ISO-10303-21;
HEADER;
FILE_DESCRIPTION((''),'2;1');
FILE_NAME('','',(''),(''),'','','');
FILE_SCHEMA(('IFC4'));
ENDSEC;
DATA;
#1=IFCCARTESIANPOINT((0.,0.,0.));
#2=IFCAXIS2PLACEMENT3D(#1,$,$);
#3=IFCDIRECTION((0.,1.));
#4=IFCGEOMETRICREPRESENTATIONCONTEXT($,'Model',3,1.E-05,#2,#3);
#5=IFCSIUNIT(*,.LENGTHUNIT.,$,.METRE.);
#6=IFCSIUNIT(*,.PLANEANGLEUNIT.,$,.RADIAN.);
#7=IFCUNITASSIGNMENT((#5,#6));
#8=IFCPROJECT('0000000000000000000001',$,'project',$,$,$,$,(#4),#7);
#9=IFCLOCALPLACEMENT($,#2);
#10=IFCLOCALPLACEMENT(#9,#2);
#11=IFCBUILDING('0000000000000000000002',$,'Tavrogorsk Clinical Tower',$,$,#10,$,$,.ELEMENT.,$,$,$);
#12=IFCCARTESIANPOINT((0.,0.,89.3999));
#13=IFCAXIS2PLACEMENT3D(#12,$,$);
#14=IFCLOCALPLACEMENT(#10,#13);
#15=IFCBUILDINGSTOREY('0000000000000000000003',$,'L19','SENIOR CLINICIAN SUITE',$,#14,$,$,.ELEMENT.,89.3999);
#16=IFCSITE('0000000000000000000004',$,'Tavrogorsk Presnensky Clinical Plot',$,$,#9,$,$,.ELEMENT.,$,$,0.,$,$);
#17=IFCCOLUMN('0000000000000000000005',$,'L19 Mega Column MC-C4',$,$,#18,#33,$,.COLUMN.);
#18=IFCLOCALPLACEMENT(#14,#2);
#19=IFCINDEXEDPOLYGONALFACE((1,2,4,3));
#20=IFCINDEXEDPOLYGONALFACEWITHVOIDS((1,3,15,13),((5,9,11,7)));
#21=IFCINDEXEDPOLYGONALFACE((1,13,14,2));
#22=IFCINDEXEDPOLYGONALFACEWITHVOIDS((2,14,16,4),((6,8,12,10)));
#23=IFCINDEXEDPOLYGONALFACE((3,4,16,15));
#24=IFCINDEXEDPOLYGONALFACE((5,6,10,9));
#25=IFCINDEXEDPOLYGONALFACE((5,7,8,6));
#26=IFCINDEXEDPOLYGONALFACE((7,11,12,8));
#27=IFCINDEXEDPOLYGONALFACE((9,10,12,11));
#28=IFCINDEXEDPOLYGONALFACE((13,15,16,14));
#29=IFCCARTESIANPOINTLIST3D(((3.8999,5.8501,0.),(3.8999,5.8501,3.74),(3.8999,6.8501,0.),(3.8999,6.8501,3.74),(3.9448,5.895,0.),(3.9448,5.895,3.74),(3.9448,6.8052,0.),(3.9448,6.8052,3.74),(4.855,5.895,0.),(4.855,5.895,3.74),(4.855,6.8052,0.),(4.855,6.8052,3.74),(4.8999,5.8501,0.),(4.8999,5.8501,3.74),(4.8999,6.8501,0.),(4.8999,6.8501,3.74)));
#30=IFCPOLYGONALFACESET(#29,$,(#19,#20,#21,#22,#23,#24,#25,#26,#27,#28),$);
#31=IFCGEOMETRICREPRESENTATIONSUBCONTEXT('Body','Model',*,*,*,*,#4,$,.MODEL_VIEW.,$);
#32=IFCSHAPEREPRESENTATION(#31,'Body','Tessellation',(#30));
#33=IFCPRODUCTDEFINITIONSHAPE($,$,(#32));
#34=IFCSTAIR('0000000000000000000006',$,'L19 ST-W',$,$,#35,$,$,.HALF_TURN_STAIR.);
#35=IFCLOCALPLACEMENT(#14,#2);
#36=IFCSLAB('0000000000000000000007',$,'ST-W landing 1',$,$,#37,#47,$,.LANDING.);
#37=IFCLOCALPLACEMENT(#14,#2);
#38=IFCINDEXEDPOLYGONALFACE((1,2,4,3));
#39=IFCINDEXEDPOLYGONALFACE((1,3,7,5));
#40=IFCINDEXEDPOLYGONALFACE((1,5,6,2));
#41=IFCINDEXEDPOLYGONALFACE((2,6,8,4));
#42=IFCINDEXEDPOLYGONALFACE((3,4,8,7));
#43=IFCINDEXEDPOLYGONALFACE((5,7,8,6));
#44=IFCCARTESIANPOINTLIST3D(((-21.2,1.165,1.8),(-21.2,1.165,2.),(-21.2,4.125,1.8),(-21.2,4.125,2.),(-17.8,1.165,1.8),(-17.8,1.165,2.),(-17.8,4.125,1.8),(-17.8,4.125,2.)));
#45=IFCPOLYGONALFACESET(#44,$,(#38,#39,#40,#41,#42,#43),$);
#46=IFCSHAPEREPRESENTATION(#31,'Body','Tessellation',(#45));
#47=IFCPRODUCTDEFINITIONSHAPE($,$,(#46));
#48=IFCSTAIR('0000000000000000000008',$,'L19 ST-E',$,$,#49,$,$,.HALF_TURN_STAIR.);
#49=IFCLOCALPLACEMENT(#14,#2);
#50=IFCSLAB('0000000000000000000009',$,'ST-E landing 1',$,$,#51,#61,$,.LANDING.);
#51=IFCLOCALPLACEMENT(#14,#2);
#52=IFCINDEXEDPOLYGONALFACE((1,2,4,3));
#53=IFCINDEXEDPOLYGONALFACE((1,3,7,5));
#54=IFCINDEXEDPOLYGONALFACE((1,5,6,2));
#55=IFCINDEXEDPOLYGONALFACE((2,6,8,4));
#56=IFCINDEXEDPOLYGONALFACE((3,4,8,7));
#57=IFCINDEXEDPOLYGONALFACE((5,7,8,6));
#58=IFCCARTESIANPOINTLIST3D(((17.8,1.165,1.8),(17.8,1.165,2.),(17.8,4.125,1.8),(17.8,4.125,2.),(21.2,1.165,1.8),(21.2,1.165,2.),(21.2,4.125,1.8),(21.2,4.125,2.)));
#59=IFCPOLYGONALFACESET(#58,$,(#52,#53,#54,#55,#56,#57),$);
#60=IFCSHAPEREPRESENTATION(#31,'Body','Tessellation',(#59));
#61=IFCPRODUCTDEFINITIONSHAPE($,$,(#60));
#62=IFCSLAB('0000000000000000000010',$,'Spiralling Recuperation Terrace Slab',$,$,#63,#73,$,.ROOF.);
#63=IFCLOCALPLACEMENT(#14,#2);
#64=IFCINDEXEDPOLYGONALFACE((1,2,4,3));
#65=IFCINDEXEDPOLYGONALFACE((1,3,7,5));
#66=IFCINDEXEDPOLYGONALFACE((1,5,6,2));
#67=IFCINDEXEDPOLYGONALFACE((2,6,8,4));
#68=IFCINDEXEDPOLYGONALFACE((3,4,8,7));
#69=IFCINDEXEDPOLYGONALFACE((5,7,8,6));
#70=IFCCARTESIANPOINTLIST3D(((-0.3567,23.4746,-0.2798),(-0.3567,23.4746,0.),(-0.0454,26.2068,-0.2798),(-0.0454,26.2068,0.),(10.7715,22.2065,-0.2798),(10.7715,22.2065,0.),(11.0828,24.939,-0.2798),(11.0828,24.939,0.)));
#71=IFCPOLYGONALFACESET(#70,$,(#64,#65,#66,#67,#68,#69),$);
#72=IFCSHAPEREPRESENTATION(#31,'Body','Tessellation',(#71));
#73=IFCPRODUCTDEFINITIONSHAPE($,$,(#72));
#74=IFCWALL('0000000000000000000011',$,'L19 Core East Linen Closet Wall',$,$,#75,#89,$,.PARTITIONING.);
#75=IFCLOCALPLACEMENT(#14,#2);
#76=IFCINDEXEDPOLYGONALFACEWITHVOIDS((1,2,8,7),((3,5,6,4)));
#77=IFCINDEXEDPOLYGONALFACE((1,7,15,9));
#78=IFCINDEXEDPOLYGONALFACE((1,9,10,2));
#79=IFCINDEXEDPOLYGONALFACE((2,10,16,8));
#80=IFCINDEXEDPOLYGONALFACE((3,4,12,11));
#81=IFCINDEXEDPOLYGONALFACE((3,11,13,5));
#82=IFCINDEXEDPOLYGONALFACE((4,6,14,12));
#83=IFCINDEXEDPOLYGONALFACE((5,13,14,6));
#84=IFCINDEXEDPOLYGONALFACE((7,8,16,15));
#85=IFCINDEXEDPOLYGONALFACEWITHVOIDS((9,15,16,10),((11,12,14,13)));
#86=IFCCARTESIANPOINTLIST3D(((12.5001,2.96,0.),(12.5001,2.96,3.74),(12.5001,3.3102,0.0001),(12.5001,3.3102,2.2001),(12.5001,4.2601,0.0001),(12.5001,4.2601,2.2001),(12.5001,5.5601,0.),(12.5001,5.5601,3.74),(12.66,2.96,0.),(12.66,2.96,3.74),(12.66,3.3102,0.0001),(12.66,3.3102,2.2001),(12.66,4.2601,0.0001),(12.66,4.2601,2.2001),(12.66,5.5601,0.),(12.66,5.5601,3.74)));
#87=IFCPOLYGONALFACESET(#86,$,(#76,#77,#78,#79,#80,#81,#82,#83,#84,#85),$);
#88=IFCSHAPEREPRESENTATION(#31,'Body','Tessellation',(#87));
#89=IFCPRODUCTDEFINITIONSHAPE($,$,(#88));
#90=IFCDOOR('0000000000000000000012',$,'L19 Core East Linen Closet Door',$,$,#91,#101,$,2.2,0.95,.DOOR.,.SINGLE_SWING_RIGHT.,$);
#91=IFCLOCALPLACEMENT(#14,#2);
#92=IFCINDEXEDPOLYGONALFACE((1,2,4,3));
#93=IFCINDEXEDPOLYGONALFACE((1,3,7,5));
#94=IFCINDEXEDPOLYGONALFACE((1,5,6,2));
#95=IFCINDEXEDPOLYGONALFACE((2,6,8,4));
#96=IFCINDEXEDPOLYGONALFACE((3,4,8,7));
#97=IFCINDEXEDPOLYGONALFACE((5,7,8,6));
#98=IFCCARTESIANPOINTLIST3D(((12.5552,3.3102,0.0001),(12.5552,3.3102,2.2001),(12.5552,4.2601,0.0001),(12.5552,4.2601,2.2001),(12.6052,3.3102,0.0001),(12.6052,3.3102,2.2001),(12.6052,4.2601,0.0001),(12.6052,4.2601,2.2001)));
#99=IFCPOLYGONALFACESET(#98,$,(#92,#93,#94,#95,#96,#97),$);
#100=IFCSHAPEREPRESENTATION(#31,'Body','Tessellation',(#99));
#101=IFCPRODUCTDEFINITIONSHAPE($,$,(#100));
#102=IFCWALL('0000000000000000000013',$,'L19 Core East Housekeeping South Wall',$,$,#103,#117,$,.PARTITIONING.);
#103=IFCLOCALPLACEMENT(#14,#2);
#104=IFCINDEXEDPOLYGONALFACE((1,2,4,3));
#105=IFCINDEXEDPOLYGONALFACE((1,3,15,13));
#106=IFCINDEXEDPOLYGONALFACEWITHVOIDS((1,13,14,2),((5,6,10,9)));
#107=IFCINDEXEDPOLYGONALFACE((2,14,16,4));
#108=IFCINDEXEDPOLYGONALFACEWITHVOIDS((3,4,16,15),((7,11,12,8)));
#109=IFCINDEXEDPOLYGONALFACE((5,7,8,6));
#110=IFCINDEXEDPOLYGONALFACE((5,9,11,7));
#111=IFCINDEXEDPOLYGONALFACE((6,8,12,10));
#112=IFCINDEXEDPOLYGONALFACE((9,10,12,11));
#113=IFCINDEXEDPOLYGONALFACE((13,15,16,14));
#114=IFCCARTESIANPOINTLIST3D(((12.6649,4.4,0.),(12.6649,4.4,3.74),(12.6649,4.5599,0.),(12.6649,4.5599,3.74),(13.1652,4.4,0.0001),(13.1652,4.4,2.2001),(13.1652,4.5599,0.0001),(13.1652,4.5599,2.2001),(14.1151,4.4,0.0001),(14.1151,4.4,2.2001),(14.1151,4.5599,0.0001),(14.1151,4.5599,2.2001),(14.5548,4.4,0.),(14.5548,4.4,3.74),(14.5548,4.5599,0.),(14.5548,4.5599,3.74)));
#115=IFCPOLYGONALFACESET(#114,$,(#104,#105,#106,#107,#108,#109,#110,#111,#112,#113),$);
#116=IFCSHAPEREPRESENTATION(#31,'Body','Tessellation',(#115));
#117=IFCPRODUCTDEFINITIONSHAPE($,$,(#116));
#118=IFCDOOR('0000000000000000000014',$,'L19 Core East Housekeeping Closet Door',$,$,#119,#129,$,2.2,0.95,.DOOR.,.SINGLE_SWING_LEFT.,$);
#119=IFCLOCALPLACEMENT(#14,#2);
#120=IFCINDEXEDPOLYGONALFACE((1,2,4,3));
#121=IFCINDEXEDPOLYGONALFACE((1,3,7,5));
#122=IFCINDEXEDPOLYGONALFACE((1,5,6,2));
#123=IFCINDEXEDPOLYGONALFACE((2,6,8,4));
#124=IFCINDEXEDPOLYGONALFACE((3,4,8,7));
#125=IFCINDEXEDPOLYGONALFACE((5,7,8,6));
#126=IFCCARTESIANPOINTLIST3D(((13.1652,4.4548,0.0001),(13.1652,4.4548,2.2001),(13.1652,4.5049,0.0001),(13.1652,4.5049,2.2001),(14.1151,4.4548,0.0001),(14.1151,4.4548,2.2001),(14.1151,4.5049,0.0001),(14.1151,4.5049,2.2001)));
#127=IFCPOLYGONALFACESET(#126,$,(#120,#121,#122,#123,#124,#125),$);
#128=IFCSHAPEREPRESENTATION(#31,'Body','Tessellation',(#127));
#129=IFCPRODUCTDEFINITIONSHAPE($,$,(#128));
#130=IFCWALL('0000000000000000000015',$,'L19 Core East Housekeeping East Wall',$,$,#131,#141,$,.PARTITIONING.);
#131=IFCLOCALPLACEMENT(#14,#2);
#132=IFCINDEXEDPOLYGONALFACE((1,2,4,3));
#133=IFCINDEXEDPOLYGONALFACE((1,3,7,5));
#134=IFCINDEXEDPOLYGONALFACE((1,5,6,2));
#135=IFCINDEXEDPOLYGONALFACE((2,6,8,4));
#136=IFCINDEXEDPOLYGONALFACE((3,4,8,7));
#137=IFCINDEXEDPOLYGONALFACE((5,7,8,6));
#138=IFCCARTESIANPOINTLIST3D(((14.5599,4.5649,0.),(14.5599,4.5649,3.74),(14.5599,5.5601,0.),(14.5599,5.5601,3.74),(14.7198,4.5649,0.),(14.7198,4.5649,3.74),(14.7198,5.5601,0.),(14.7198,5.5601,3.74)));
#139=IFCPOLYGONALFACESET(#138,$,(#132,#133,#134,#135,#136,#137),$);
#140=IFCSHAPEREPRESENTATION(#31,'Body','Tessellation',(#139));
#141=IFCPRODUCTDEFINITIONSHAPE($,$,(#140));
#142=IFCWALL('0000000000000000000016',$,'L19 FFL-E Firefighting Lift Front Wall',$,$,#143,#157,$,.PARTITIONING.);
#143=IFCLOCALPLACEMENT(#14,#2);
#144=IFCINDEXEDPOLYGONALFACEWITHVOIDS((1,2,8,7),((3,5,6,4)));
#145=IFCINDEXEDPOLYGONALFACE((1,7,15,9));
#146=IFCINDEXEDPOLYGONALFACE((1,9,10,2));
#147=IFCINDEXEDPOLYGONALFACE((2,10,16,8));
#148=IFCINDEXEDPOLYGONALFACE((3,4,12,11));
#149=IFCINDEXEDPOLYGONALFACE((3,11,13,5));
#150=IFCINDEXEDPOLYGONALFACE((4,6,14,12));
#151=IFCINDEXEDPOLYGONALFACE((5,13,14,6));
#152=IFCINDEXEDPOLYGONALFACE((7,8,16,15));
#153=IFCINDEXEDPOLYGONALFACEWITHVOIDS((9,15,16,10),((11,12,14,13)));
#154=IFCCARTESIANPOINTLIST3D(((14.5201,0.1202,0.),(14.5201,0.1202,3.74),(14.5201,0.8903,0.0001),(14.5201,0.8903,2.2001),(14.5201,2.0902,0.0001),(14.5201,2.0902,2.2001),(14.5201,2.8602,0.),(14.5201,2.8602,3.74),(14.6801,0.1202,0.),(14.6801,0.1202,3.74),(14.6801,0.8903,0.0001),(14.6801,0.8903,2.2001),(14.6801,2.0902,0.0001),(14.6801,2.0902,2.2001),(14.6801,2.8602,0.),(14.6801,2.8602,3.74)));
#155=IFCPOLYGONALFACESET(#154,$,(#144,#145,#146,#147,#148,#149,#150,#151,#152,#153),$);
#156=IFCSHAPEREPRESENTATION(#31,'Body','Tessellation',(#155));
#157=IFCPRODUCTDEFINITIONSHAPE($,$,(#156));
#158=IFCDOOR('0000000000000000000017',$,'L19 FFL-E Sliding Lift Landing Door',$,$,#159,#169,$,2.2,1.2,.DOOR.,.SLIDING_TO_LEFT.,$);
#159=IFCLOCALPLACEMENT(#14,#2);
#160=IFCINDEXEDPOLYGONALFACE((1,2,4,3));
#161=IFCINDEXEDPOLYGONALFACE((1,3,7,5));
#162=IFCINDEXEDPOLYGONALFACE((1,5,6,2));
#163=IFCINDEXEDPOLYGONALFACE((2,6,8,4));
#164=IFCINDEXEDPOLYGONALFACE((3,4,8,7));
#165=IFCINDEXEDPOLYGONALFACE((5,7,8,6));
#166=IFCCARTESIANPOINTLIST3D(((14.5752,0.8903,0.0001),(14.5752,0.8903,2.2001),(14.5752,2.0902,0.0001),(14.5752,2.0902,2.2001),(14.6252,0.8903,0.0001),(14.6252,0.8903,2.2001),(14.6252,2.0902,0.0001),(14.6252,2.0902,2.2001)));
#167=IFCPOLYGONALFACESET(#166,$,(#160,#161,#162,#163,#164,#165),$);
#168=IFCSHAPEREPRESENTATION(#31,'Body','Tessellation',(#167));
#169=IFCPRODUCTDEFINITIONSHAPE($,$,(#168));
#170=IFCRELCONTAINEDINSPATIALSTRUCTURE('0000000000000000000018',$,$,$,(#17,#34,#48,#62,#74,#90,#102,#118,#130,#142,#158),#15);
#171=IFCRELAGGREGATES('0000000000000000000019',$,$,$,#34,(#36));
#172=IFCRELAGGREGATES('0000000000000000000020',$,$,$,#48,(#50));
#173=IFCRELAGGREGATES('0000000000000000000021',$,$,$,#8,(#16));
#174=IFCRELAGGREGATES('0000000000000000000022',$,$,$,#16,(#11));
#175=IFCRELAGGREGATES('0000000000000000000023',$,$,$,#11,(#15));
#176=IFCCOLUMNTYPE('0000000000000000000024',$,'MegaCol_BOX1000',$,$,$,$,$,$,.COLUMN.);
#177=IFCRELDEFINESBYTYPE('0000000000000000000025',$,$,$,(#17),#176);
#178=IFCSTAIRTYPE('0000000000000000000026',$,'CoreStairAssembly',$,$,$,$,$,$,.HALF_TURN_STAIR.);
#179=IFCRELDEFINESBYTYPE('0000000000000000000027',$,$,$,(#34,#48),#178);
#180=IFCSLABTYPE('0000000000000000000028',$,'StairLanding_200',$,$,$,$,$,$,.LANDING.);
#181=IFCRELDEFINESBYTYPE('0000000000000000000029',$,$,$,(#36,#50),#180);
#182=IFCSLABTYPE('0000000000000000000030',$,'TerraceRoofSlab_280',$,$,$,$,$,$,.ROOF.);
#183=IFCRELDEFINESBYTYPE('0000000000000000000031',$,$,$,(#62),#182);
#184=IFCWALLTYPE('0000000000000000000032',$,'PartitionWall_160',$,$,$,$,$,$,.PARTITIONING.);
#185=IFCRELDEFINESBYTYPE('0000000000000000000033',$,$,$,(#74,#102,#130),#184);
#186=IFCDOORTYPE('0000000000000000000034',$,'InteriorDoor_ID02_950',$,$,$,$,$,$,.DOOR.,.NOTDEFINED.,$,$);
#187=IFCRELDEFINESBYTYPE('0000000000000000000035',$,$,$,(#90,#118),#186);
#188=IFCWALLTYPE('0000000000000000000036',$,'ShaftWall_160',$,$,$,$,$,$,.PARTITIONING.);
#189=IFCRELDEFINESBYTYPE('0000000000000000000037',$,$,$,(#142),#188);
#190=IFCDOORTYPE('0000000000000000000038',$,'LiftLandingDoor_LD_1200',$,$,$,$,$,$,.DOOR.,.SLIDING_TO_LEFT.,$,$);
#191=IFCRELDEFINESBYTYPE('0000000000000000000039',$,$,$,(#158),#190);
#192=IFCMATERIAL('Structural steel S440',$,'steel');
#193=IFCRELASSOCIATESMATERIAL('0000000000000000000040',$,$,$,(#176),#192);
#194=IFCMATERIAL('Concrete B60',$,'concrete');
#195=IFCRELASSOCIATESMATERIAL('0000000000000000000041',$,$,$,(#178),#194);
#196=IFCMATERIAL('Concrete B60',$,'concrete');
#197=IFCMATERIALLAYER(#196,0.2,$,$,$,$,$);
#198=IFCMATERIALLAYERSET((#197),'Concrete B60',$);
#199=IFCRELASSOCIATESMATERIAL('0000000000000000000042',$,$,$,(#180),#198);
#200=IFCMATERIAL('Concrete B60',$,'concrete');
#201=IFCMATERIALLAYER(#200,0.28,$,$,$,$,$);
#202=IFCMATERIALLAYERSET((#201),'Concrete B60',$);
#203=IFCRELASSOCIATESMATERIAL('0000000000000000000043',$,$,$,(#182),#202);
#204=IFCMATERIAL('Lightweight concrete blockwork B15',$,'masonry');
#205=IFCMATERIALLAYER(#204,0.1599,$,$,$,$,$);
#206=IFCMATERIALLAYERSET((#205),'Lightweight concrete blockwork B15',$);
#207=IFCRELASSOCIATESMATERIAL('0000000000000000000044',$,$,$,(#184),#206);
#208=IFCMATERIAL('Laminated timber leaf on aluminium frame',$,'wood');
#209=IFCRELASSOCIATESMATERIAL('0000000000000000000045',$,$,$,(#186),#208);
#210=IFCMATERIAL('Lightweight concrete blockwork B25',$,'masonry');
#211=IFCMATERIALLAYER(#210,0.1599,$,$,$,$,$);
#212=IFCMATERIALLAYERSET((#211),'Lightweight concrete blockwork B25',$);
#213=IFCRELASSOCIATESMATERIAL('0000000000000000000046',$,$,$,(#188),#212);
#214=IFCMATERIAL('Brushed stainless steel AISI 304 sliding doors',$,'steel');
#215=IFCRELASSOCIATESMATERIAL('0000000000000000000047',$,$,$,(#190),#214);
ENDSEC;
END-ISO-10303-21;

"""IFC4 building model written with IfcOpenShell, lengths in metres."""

from ifc_helpers import new_model, si_unit, direction, frame, frame_2d, origin, origin_2d, place, context, subcontext, project, spatial, polyline, rectangle, hollow_rectangle, outline, extrude, material, layer, layer_set, material_profile, profile_set, type_object, element, fill, aggregate, save


model = new_model("IFC4")

# Units and contexts
model_context = context("Model", 3, precision=1e-05, world=origin(), true_north=direction((0.0, 1.0)))
body_context = subcontext(model_context, "Body", "Model", "MODEL_VIEW")
ifc_project = project(units=[si_unit("LENGTHUNIT", "METRE"), si_unit("PLANEANGLEUNIT", "RADIAN")], contexts=[model_context])

# Site, building, storey
site_placement = place(None, origin())
site = spatial("IfcSite", under=ifc_project, at=site_placement, Name="Tavrogorsk Presnensky Clinical Plot", CompositionType="ELEMENT", RefElevation=0.0)
building_placement = place(site_placement, origin())
building = spatial("IfcBuilding", under=site, at=building_placement, Name="Tavrogorsk Clinical Tower", CompositionType="ELEMENT")
storey_placement = place(building_placement, frame((0.0, 0.0, 89.3999)))
storey = spatial("IfcBuildingStorey", under=building, at=storey_placement, Name="L19", Description="SENIOR CLINICIAN SUITE", CompositionType="ELEMENT", Elevation=89.3999)

# Column
ifc_material_1 = material(Name="Structural steel S440", Category="steel")
ifc_material_profile = material_profile(ifc_material_1, hollow_rectangle(XDim=1.0, YDim=1.0, WallThickness=0.0449, at=origin_2d()), Name="BOX-1000x1000x45")
ifc_profile_set = profile_set([ifc_material_profile], Name="Structural steel S440")
column_type = type_object("IfcColumnType", Name="MegaCol_BOX1000", PredefinedType="COLUMN", material=ifc_profile_set)
column_placement = place(storey_placement, frame((4.3999, 6.3501, 0.0), z_axis=(0.0, 0.0, 1.0), x_axis=(1.0, 0.0, 0.0)))
element("IfcColumn", 1, at=column_placement, inside=storey, type_object=column_type, Name="L19 Mega Column MC-C4", PredefinedType="COLUMN", context=body_context, shape_type="SweptSolid", body=[
    extrude(hollow_rectangle(XDim=1.0, YDim=1.0, WallThickness=0.0449, at=origin_2d()), origin(), (0.0, 0.0, 1.0), 3.74),
])

# Stairs, slabs
ifc_material_2 = material(Name="Concrete B60", Category="concrete")
stair_type = type_object("IfcStairType", Name="CoreStairAssembly", PredefinedType="HALF_TURN_STAIR", material=ifc_material_2)
stair_1_placement = place(storey_placement, origin())
stair_1 = element("IfcStair", 2, at=stair_1_placement, inside=storey, type_object=stair_type, Name="L19 ST-W", PredefinedType="HALF_TURN_STAIR")
ifc_material_3 = material(Name="Concrete B60", Category="concrete")
ifc_layer_1 = layer(ifc_material_3, 0.2)
ifc_layer_set_1 = layer_set([ifc_layer_1], Name="Concrete B60")
slab_type_1 = type_object("IfcSlabType", Name="StairLanding_200", PredefinedType="LANDING", material=ifc_layer_set_1)
slab_1_placement = place(storey_placement, frame((0.0, 0.0, 1.8)))
slab_1 = element("IfcSlab", 3, at=slab_1_placement, type_object=slab_type_1, Name="ST-W landing 1", PredefinedType="LANDING", context=body_context, shape_type="SweptSolid", body=[
    extrude(outline(polyline([(-17.8, 1.165), (-17.8, 4.125), (-21.2, 4.125), (-21.2, 1.165), (-17.8, 1.165)])), origin(), (0.0, 0.0, 1.0), 0.2),
])
aggregate(stair_1, [slab_1])
stair_2_placement = place(storey_placement, origin())
stair_2 = element("IfcStair", 4, at=stair_2_placement, inside=storey, type_object=stair_type, Name="L19 ST-E", PredefinedType="HALF_TURN_STAIR")
slab_2_placement = place(storey_placement, frame((0.0, 0.0, 1.8)))
slab_2 = element("IfcSlab", 5, at=slab_2_placement, type_object=slab_type_1, Name="ST-E landing 1", PredefinedType="LANDING", context=body_context, shape_type="SweptSolid", body=[
    extrude(outline(polyline([(21.2, 1.165), (21.2, 4.125), (17.8, 4.125), (17.8, 1.165), (21.2, 1.165)])), origin(), (0.0, 0.0, 1.0), 0.2),
])
aggregate(stair_2, [slab_2])

# Slab
ifc_material_4 = material(Name="Concrete B60", Category="concrete")
ifc_layer_2 = layer(ifc_material_4, 0.28)
ifc_layer_set_2 = layer_set([ifc_layer_2], Name="Concrete B60")
slab_type_2 = type_object("IfcSlabType", Name="TerraceRoofSlab_280", PredefinedType="ROOF", material=ifc_layer_set_2)
slab_3_placement = place(storey_placement, frame((0.0, 0.0, -0.2798)))
element("IfcSlab", 6, at=slab_3_placement, inside=storey, type_object=slab_type_2, Name="Spiralling Recuperation Terrace Slab", PredefinedType="ROOF", context=body_context, shape_type="SweptSolid", body=[
    extrude(outline(polyline([(-0.0454, 26.2068), (11.0828, 24.939), (10.7715, 22.2065), (-0.3567, 23.4746), (-0.0454, 26.2068)])), origin(), (0.0, 0.0, 1.0), 0.2798),
])

# Walls, openings, doors
ifc_material_5 = material(Name="Lightweight concrete blockwork B15", Category="masonry")
ifc_layer_3 = layer(ifc_material_5, 0.1599)
ifc_layer_set_3 = layer_set([ifc_layer_3], Name="Lightweight concrete blockwork B15")
wall_type_1 = type_object("IfcWallType", Name="PartitionWall_160", PredefinedType="PARTITIONING", material=ifc_layer_set_3)
wall_1_placement = place(storey_placement, frame((12.5801, 2.96, 0.0), z_axis=(0.0, 0.0, 1.0), x_axis=(0.0, 1.0, 0.0)))
wall_1 = element("IfcWall", 7, at=wall_1_placement, inside=storey, type_object=wall_type_1, Name="L19 Core East Linen Closet Wall", PredefinedType="PARTITIONING", context=body_context, shape_type="SweptSolid", body=[
    extrude(rectangle(XDim=2.6001, YDim=0.1599, at=frame_2d((1.3, 0.0))), origin(), (0.0, 0.0, 1.0), 3.74),
])
opening_1_placement = place(wall_1_placement, frame((0.3501, 0.0, 0.0)))
opening_1 = element("IfcOpeningElement", 8, at=opening_1_placement, cuts=wall_1, PredefinedType="OPENING", context=body_context, shape_type="SweptSolid", body=[
    extrude(rectangle(XDim=0.95, YDim=2.2, at=frame_2d((0.4751, 1.1001))), frame((0.0, 0.0898, 0.0), z_axis=(0.0, -1.0, 0.0), x_axis=(1.0, 0.0, 0.0)), (0.0, 0.0, 1.0), 0.1799),
])
ifc_material_6 = material(Name="Laminated timber leaf on aluminium frame", Category="wood")
door_type_1 = type_object("IfcDoorType", Name="InteriorDoor_ID02_950", OperationType="NOTDEFINED", PredefinedType="DOOR", material=ifc_material_6)
door_1_placement = place(opening_1_placement, origin())
door_1 = element("IfcDoor", 9, at=door_1_placement, inside=storey, type_object=door_type_1, Name="L19 Core East Linen Closet Door", OperationType="SINGLE_SWING_RIGHT", OverallHeight=2.2, OverallWidth=0.95, PredefinedType="DOOR", context=body_context, shape_type="SweptSolid", body=[
    extrude(rectangle(XDim=0.95, YDim=2.2, at=frame_2d((0.4751, 1.1001))), frame((0.0, 0.0249, 0.0), z_axis=(0.0, -1.0, 0.0), x_axis=(1.0, 0.0, 0.0)), (0.0, 0.0, 1.0), 0.05),
])
fill(opening_1, door_1)
wall_2_placement = place(storey_placement, frame((12.665, 4.48, 0.0), z_axis=(0.0, 0.0, 1.0), x_axis=(1.0, 0.0, 0.0)))
wall_2 = element("IfcWall", 10, at=wall_2_placement, inside=storey, type_object=wall_type_1, Name="L19 Core East Housekeeping South Wall", PredefinedType="PARTITIONING", context=body_context, shape_type="SweptSolid", body=[
    extrude(rectangle(XDim=1.8899, YDim=0.1599, at=frame_2d((0.9448, 0.0))), origin(), (0.0, 0.0, 1.0), 3.74),
])
opening_2_placement = place(wall_2_placement, frame((0.5, 0.0, 0.0)))
opening_2 = element("IfcOpeningElement", 11, at=opening_2_placement, cuts=wall_2, PredefinedType="OPENING", context=body_context, shape_type="SweptSolid", body=[
    extrude(rectangle(XDim=0.95, YDim=2.2, at=frame_2d((0.4751, 1.1001))), frame((0.0, 0.0898, 0.0), z_axis=(0.0, -1.0, 0.0), x_axis=(1.0, 0.0, 0.0)), (0.0, 0.0, 1.0), 0.1799),
])
door_2_placement = place(opening_2_placement, origin())
door_2 = element("IfcDoor", 12, at=door_2_placement, inside=storey, type_object=door_type_1, Name="L19 Core East Housekeeping Closet Door", OperationType="SINGLE_SWING_LEFT", OverallHeight=2.2, OverallWidth=0.95, PredefinedType="DOOR", context=body_context, shape_type="SweptSolid", body=[
    extrude(rectangle(XDim=0.95, YDim=2.2, at=frame_2d((0.4751, 1.1001))), frame((0.0, 0.0249, 0.0), z_axis=(0.0, -1.0, 0.0), x_axis=(1.0, 0.0, 0.0)), (0.0, 0.0, 1.0), 0.05),
])
fill(opening_2, door_2)

# Wall
wall_3_placement = place(storey_placement, frame((14.6399, 4.5649, 0.0), z_axis=(0.0, 0.0, 1.0), x_axis=(0.0, 1.0, 0.0)))
element("IfcWall", 13, at=wall_3_placement, inside=storey, type_object=wall_type_1, Name="L19 Core East Housekeeping East Wall", PredefinedType="PARTITIONING", context=body_context, shape_type="SweptSolid", body=[
    extrude(rectangle(XDim=0.9951, YDim=0.1599, at=frame_2d((0.4976, 0.0))), origin(), (0.0, 0.0, 1.0), 3.74),
])

# Wall, opening, door
ifc_material_7 = material(Name="Lightweight concrete blockwork B25", Category="masonry")
ifc_layer_4 = layer(ifc_material_7, 0.1599)
ifc_layer_set_4 = layer_set([ifc_layer_4], Name="Lightweight concrete blockwork B25")
wall_type_2 = type_object("IfcWallType", Name="ShaftWall_160", PredefinedType="PARTITIONING", material=ifc_layer_set_4)
wall_4_placement = place(storey_placement, frame((14.6001, 0.1201, 0.0), z_axis=(0.0, 0.0, 1.0), x_axis=(0.0, 1.0, 0.0)))
wall_4 = element("IfcWall", 14, at=wall_4_placement, inside=storey, type_object=wall_type_2, Name="L19 FFL-E Firefighting Lift Front Wall", PredefinedType="PARTITIONING", context=body_context, shape_type="SweptSolid", body=[
    extrude(rectangle(XDim=2.74, YDim=0.1599, at=frame_2d((1.3701, 0.0))), origin(), (0.0, 0.0, 1.0), 3.74),
])
opening_3_placement = place(wall_4_placement, frame((0.77, 0.0, 0.0)))
opening_3 = element("IfcOpeningElement", 15, at=opening_3_placement, cuts=wall_4, PredefinedType="OPENING", context=body_context, shape_type="SweptSolid", body=[
    extrude(rectangle(XDim=1.2, YDim=2.2, at=frame_2d((0.6001, 1.1001))), frame((0.0, 0.0898, 0.0), z_axis=(0.0, -1.0, 0.0), x_axis=(1.0, 0.0, 0.0)), (0.0, 0.0, 1.0), 0.1799),
])
ifc_material_8 = material(Name="Brushed stainless steel AISI 304 sliding doors", Category="steel")
door_type_2 = type_object("IfcDoorType", Name="LiftLandingDoor_LD_1200", OperationType="SLIDING_TO_LEFT", PredefinedType="DOOR", material=ifc_material_8)
door_3_placement = place(opening_3_placement, origin())
door_3 = element("IfcDoor", 16, at=door_3_placement, inside=storey, type_object=door_type_2, Name="L19 FFL-E Sliding Lift Landing Door", OperationType="SLIDING_TO_LEFT", OverallHeight=2.2, OverallWidth=1.2, PredefinedType="DOOR", context=body_context, shape_type="SweptSolid", body=[
    extrude(rectangle(XDim=1.2, YDim=2.2, at=frame_2d((0.6001, 1.1001))), frame((0.0, 0.0249, 0.0), z_axis=(0.0, -1.0, 0.0), x_axis=(1.0, 0.0, 0.0)), (0.0, 0.0, 1.0), 0.05),
])
fill(opening_3, door_3)

save(model, "model.ifc")
